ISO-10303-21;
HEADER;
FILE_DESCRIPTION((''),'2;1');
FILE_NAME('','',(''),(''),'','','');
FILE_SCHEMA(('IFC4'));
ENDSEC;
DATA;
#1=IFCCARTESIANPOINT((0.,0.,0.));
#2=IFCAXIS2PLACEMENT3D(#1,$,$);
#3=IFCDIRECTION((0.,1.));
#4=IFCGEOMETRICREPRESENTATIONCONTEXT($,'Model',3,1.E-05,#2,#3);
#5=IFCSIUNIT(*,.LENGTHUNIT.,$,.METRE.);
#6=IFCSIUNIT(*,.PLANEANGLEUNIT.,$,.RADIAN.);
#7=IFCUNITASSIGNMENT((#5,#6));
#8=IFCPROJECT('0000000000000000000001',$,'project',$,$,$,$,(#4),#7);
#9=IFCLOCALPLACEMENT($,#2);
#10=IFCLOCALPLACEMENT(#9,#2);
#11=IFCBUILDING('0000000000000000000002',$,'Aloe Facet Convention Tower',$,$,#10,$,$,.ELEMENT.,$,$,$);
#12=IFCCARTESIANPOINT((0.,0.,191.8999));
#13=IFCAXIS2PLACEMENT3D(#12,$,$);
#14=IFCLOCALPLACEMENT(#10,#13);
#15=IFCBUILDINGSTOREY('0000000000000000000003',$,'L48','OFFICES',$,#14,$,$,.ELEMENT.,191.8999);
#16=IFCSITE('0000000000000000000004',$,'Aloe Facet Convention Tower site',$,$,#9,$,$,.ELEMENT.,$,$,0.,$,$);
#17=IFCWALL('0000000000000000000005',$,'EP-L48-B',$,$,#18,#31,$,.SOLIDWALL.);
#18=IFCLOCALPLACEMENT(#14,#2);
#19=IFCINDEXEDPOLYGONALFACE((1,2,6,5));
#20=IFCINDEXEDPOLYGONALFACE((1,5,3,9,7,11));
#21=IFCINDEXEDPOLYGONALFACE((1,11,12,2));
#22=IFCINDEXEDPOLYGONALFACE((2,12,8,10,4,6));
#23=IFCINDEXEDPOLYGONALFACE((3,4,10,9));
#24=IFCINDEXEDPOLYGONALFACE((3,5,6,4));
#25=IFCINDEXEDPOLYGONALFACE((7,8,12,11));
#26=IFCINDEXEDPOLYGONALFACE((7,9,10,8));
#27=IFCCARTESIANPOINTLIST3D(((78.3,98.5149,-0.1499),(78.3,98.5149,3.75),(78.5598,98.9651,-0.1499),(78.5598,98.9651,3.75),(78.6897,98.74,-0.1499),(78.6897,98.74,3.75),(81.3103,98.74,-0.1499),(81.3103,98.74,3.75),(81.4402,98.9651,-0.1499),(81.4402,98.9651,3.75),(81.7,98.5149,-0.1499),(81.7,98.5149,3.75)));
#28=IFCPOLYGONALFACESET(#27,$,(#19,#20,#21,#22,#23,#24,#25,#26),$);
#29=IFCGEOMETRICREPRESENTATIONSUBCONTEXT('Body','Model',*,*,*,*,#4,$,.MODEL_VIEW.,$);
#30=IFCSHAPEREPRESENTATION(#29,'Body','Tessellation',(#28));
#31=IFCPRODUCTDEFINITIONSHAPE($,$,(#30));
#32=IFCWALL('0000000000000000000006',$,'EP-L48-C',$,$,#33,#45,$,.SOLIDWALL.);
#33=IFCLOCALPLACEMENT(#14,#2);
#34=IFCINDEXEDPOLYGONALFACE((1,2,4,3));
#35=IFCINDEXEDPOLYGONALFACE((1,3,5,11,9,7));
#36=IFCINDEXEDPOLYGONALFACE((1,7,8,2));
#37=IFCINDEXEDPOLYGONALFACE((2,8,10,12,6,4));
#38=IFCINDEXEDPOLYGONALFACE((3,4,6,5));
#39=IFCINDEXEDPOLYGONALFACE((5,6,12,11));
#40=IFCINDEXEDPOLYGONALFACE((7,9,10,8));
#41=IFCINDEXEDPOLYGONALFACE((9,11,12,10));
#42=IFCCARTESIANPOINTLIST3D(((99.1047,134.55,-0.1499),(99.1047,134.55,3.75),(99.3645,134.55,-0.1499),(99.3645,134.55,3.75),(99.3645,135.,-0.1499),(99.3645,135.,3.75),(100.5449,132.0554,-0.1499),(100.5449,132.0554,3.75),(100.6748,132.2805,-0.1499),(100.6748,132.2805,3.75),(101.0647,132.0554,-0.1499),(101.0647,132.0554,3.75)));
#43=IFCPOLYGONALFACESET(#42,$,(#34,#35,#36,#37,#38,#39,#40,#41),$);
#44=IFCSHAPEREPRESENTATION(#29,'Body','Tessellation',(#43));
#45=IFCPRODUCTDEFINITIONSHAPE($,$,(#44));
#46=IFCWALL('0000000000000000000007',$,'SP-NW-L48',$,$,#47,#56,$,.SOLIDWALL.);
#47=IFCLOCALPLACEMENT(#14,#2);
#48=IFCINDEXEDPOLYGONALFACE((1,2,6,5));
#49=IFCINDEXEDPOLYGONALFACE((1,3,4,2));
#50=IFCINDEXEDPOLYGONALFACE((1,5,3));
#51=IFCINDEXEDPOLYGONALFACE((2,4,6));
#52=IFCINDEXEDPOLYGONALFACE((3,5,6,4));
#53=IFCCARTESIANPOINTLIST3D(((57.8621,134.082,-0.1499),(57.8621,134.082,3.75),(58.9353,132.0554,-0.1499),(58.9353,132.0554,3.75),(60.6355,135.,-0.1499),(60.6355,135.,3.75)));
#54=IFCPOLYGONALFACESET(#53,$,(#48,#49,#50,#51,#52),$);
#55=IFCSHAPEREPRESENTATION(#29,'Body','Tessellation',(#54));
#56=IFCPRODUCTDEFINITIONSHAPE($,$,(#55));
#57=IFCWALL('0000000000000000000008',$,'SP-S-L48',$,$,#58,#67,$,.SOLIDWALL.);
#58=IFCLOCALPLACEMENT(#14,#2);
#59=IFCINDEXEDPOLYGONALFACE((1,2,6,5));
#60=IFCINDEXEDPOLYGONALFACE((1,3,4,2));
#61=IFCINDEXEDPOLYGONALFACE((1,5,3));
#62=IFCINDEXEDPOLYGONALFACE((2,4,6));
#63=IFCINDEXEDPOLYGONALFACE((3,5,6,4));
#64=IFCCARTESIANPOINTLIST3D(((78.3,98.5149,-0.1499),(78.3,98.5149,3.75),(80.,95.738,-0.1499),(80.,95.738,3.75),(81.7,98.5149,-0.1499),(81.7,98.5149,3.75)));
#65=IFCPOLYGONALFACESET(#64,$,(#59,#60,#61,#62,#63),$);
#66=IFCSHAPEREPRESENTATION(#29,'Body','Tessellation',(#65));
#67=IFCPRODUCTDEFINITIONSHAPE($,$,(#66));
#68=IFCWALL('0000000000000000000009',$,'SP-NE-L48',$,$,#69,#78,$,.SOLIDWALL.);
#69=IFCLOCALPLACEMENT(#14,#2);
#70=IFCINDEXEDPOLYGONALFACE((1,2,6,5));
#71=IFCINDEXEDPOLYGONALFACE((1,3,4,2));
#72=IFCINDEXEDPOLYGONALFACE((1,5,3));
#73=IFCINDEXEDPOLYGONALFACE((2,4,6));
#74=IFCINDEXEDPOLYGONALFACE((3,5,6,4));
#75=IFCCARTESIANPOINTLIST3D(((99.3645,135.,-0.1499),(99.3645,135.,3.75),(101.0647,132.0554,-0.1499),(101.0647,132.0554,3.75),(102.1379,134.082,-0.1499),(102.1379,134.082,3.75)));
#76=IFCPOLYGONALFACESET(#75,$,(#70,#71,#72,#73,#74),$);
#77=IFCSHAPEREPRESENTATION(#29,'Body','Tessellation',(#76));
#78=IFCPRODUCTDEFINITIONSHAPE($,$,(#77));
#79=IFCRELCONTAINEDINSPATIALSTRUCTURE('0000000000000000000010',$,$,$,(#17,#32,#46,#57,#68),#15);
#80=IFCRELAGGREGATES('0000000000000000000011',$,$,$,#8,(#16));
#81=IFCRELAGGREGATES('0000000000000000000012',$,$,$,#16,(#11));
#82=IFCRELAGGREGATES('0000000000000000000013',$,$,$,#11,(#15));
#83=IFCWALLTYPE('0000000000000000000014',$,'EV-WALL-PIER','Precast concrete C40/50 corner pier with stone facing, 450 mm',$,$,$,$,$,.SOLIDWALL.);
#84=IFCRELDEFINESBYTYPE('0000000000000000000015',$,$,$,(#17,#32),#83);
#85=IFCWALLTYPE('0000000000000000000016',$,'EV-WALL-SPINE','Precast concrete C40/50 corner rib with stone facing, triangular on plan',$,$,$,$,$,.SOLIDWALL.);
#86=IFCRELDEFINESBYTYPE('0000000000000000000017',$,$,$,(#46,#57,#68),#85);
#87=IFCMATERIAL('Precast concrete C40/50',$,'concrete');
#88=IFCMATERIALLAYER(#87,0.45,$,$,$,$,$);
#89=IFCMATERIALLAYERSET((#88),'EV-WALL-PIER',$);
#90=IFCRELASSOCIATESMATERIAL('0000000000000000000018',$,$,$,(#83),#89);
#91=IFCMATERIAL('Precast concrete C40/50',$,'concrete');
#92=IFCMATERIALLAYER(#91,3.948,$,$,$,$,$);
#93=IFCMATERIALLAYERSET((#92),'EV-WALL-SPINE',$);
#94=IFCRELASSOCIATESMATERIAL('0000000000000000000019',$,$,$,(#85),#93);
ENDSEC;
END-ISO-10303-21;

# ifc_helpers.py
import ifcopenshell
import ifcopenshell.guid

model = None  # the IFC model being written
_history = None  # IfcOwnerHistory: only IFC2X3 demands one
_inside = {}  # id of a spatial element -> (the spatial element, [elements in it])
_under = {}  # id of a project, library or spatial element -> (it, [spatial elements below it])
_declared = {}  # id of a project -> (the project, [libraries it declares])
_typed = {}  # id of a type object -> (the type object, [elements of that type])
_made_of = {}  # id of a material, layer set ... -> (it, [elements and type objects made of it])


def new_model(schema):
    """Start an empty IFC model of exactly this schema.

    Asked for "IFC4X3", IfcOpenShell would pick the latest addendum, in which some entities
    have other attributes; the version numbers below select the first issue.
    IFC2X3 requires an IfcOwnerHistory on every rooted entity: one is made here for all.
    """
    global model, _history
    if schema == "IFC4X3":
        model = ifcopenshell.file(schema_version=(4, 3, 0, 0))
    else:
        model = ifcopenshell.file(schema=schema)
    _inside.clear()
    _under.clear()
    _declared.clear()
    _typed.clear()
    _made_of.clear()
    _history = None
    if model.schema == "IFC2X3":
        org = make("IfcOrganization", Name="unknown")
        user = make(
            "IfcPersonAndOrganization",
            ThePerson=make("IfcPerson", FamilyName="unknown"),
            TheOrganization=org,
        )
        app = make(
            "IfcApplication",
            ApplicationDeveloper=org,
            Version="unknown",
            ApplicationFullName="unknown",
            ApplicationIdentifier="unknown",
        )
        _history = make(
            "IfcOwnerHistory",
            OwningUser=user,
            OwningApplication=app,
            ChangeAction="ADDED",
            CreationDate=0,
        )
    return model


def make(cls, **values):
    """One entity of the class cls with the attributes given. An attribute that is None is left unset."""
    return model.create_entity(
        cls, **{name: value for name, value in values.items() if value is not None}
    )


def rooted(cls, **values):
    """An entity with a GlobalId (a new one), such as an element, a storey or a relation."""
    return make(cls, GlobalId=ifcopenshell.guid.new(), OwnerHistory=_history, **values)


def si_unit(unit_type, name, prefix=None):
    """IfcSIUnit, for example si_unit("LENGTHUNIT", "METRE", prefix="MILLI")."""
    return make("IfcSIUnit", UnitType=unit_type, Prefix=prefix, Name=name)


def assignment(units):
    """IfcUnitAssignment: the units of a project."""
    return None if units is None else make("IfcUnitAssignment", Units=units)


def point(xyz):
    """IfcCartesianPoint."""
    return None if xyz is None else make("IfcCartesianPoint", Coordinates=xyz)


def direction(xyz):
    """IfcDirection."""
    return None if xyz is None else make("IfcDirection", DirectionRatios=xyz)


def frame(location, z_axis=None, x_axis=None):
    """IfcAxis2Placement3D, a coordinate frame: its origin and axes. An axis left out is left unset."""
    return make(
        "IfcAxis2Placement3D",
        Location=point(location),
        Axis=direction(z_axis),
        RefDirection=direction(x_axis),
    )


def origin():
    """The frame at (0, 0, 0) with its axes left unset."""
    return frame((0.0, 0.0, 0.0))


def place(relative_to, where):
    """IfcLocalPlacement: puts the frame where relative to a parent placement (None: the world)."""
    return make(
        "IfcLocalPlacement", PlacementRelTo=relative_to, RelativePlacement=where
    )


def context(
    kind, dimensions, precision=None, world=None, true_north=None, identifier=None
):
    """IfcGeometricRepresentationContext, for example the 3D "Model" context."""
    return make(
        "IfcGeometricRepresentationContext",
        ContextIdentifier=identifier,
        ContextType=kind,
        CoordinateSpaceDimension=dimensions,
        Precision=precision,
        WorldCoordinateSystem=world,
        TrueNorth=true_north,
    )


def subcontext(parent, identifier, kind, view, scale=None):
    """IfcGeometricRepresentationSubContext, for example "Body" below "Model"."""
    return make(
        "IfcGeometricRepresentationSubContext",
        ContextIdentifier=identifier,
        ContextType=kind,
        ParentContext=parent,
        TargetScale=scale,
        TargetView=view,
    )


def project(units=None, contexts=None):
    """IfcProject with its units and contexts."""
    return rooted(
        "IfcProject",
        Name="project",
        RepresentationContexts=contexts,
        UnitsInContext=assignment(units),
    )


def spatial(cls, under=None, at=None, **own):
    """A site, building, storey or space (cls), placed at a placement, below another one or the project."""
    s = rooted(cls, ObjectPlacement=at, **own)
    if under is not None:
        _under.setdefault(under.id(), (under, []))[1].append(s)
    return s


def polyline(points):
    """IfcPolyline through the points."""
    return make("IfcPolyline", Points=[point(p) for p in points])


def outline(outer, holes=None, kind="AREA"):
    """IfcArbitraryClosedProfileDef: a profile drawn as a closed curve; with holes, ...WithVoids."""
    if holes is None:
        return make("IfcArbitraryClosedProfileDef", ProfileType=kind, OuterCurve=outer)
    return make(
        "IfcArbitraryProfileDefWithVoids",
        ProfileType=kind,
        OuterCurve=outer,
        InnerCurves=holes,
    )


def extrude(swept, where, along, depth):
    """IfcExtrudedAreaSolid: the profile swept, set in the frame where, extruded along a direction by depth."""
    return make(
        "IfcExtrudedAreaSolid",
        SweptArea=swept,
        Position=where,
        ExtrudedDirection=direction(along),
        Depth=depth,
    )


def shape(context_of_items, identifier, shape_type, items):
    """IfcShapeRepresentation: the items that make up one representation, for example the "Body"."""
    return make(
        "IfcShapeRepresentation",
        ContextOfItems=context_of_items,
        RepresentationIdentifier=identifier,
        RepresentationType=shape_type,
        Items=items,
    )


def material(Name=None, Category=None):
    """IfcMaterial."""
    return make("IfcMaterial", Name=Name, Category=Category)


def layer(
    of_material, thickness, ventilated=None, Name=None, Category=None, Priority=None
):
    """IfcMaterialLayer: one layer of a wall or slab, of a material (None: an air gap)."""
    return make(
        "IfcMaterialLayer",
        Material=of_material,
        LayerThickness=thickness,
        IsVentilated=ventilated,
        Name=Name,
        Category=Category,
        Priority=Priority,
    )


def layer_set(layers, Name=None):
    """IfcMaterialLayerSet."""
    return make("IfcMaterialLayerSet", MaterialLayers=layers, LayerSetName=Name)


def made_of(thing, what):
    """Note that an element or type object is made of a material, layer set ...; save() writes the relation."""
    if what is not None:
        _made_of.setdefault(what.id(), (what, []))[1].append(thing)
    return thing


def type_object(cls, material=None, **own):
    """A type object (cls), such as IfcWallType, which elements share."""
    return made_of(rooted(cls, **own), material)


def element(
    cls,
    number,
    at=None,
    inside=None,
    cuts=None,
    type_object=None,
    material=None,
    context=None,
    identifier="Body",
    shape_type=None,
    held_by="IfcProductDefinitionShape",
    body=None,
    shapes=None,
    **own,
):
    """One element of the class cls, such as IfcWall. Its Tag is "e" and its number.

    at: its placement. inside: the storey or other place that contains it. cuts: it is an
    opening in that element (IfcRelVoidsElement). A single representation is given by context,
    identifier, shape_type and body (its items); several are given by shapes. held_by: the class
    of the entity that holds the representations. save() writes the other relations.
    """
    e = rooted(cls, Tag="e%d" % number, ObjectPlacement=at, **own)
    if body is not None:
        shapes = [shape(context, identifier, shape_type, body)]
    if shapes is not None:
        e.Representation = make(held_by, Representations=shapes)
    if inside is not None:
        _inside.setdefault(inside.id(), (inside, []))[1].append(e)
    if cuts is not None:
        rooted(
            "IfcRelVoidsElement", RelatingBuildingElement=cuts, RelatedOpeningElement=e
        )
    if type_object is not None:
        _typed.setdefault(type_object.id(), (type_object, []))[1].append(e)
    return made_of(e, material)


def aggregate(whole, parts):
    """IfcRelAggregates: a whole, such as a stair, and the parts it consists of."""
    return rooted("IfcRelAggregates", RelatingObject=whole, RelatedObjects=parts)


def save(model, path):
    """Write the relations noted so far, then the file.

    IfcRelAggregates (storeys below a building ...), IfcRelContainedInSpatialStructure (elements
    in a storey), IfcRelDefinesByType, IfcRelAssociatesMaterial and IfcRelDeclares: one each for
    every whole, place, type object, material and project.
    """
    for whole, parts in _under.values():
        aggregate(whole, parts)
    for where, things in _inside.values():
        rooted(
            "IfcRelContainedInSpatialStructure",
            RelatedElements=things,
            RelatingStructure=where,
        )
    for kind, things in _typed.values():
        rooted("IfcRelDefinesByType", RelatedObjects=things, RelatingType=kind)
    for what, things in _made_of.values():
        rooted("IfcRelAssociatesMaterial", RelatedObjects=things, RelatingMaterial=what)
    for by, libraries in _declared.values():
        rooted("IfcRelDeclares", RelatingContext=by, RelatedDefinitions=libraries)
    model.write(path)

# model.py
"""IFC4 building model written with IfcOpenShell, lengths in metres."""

from ifc_helpers import new_model, si_unit, direction, frame, origin, place, context, subcontext, project, spatial, polyline, outline, extrude, material, layer, layer_set, type_object, element, save


model = new_model("IFC4")

# Units and contexts
model_context = context("Model", 3, precision=1e-05, world=origin(), true_north=direction((0.0, 1.0)))
body_context = subcontext(model_context, "Body", "Model", "MODEL_VIEW")
ifc_project = project(units=[si_unit("LENGTHUNIT", "METRE"), si_unit("PLANEANGLEUNIT", "RADIAN")], contexts=[model_context])

# Site, building, storey
site_placement = place(None, origin())
site = spatial("IfcSite", under=ifc_project, at=site_placement, Name="Aloe Facet Convention Tower site", CompositionType="ELEMENT", RefElevation=0.0)
building_placement = place(site_placement, origin())
building = spatial("IfcBuilding", under=site, at=building_placement, Name="Aloe Facet Convention Tower", CompositionType="ELEMENT")
storey_placement = place(building_placement, frame((0.0, 0.0, 191.8999)))
storey = spatial("IfcBuildingStorey", under=building, at=storey_placement, Name="L48", Description="OFFICES", CompositionType="ELEMENT", Elevation=191.8999)

# Walls
ifc_material_1 = material(Name="Precast concrete C40/50", Category="concrete")
ifc_layer_1 = layer(ifc_material_1, 0.45)
ifc_layer_set_1 = layer_set([ifc_layer_1], Name="EV-WALL-PIER")
wall_type_1 = type_object("IfcWallType", Name="EV-WALL-PIER", Description="Precast concrete C40/50 corner pier with stone facing, 450 mm", PredefinedType="SOLIDWALL", material=ifc_layer_set_1)
wall_1_placement = place(storey_placement, frame((0.0, 0.0, -0.1499)))
element("IfcWall", 1, at=wall_1_placement, inside=storey, type_object=wall_type_1, Name="EP-L48-B", PredefinedType="SOLIDWALL", context=body_context, shape_type="SweptSolid", body=[
    extrude(outline(polyline([(78.3, 98.5149), (78.6897, 98.74), (78.5598, 98.9651), (81.4402, 98.9651), (81.3103, 98.74), (81.7, 98.5149), (78.3, 98.5149)])), origin(), (0.0, 0.0, 1.0), 3.8999),
])
wall_2_placement = place(storey_placement, frame((0.0, 0.0, -0.1499)))
element("IfcWall", 2, at=wall_2_placement, inside=storey, type_object=wall_type_1, Name="EP-L48-C", PredefinedType="SOLIDWALL", context=body_context, shape_type="SweptSolid", body=[
    extrude(outline(polyline([(101.0647, 132.0554), (100.6748, 132.2805), (100.5449, 132.0554), (99.1047, 134.55), (99.3645, 134.55), (99.3645, 135.0), (101.0647, 132.0554)])), origin(), (0.0, 0.0, 1.0), 3.8999),
])
ifc_material_2 = material(Name="Precast concrete C40/50", Category="concrete")
ifc_layer_2 = layer(ifc_material_2, 3.948)
ifc_layer_set_2 = layer_set([ifc_layer_2], Name="EV-WALL-SPINE")
wall_type_2 = type_object("IfcWallType", Name="EV-WALL-SPINE", Description="Precast concrete C40/50 corner rib with stone facing, triangular on plan", PredefinedType="SOLIDWALL", material=ifc_layer_set_2)
wall_3_placement = place(storey_placement, frame((0.0, 0.0, -0.1499)))
element("IfcWall", 3, at=wall_3_placement, inside=storey, type_object=wall_type_2, Name="SP-NW-L48", PredefinedType="SOLIDWALL", context=body_context, shape_type="SweptSolid", body=[
    extrude(outline(polyline([(60.6355, 135.0), (57.8621, 134.082), (58.9353, 132.0554), (60.6355, 135.0)])), origin(), (0.0, 0.0, 1.0), 3.8999),
])
wall_4_placement = place(storey_placement, frame((0.0, 0.0, -0.1499)))
element("IfcWall", 4, at=wall_4_placement, inside=storey, type_object=wall_type_2, Name="SP-S-L48", PredefinedType="SOLIDWALL", context=body_context, shape_type="SweptSolid", body=[
    extrude(outline(polyline([(78.3, 98.5149), (80.0, 95.738), (81.7, 98.5149), (78.3, 98.5149)])), origin(), (0.0, 0.0, 1.0), 3.8999),
])
wall_5_placement = place(storey_placement, frame((0.0, 0.0, -0.1499)))
element("IfcWall", 5, at=wall_5_placement, inside=storey, type_object=wall_type_2, Name="SP-NE-L48", PredefinedType="SOLIDWALL", context=body_context, shape_type="SweptSolid", body=[
    extrude(outline(polyline([(101.0647, 132.0554), (102.1379, 134.082), (99.3645, 135.0), (101.0647, 132.0554)])), origin(), (0.0, 0.0, 1.0), 3.8999),
])

save(model, "model.ifc")
